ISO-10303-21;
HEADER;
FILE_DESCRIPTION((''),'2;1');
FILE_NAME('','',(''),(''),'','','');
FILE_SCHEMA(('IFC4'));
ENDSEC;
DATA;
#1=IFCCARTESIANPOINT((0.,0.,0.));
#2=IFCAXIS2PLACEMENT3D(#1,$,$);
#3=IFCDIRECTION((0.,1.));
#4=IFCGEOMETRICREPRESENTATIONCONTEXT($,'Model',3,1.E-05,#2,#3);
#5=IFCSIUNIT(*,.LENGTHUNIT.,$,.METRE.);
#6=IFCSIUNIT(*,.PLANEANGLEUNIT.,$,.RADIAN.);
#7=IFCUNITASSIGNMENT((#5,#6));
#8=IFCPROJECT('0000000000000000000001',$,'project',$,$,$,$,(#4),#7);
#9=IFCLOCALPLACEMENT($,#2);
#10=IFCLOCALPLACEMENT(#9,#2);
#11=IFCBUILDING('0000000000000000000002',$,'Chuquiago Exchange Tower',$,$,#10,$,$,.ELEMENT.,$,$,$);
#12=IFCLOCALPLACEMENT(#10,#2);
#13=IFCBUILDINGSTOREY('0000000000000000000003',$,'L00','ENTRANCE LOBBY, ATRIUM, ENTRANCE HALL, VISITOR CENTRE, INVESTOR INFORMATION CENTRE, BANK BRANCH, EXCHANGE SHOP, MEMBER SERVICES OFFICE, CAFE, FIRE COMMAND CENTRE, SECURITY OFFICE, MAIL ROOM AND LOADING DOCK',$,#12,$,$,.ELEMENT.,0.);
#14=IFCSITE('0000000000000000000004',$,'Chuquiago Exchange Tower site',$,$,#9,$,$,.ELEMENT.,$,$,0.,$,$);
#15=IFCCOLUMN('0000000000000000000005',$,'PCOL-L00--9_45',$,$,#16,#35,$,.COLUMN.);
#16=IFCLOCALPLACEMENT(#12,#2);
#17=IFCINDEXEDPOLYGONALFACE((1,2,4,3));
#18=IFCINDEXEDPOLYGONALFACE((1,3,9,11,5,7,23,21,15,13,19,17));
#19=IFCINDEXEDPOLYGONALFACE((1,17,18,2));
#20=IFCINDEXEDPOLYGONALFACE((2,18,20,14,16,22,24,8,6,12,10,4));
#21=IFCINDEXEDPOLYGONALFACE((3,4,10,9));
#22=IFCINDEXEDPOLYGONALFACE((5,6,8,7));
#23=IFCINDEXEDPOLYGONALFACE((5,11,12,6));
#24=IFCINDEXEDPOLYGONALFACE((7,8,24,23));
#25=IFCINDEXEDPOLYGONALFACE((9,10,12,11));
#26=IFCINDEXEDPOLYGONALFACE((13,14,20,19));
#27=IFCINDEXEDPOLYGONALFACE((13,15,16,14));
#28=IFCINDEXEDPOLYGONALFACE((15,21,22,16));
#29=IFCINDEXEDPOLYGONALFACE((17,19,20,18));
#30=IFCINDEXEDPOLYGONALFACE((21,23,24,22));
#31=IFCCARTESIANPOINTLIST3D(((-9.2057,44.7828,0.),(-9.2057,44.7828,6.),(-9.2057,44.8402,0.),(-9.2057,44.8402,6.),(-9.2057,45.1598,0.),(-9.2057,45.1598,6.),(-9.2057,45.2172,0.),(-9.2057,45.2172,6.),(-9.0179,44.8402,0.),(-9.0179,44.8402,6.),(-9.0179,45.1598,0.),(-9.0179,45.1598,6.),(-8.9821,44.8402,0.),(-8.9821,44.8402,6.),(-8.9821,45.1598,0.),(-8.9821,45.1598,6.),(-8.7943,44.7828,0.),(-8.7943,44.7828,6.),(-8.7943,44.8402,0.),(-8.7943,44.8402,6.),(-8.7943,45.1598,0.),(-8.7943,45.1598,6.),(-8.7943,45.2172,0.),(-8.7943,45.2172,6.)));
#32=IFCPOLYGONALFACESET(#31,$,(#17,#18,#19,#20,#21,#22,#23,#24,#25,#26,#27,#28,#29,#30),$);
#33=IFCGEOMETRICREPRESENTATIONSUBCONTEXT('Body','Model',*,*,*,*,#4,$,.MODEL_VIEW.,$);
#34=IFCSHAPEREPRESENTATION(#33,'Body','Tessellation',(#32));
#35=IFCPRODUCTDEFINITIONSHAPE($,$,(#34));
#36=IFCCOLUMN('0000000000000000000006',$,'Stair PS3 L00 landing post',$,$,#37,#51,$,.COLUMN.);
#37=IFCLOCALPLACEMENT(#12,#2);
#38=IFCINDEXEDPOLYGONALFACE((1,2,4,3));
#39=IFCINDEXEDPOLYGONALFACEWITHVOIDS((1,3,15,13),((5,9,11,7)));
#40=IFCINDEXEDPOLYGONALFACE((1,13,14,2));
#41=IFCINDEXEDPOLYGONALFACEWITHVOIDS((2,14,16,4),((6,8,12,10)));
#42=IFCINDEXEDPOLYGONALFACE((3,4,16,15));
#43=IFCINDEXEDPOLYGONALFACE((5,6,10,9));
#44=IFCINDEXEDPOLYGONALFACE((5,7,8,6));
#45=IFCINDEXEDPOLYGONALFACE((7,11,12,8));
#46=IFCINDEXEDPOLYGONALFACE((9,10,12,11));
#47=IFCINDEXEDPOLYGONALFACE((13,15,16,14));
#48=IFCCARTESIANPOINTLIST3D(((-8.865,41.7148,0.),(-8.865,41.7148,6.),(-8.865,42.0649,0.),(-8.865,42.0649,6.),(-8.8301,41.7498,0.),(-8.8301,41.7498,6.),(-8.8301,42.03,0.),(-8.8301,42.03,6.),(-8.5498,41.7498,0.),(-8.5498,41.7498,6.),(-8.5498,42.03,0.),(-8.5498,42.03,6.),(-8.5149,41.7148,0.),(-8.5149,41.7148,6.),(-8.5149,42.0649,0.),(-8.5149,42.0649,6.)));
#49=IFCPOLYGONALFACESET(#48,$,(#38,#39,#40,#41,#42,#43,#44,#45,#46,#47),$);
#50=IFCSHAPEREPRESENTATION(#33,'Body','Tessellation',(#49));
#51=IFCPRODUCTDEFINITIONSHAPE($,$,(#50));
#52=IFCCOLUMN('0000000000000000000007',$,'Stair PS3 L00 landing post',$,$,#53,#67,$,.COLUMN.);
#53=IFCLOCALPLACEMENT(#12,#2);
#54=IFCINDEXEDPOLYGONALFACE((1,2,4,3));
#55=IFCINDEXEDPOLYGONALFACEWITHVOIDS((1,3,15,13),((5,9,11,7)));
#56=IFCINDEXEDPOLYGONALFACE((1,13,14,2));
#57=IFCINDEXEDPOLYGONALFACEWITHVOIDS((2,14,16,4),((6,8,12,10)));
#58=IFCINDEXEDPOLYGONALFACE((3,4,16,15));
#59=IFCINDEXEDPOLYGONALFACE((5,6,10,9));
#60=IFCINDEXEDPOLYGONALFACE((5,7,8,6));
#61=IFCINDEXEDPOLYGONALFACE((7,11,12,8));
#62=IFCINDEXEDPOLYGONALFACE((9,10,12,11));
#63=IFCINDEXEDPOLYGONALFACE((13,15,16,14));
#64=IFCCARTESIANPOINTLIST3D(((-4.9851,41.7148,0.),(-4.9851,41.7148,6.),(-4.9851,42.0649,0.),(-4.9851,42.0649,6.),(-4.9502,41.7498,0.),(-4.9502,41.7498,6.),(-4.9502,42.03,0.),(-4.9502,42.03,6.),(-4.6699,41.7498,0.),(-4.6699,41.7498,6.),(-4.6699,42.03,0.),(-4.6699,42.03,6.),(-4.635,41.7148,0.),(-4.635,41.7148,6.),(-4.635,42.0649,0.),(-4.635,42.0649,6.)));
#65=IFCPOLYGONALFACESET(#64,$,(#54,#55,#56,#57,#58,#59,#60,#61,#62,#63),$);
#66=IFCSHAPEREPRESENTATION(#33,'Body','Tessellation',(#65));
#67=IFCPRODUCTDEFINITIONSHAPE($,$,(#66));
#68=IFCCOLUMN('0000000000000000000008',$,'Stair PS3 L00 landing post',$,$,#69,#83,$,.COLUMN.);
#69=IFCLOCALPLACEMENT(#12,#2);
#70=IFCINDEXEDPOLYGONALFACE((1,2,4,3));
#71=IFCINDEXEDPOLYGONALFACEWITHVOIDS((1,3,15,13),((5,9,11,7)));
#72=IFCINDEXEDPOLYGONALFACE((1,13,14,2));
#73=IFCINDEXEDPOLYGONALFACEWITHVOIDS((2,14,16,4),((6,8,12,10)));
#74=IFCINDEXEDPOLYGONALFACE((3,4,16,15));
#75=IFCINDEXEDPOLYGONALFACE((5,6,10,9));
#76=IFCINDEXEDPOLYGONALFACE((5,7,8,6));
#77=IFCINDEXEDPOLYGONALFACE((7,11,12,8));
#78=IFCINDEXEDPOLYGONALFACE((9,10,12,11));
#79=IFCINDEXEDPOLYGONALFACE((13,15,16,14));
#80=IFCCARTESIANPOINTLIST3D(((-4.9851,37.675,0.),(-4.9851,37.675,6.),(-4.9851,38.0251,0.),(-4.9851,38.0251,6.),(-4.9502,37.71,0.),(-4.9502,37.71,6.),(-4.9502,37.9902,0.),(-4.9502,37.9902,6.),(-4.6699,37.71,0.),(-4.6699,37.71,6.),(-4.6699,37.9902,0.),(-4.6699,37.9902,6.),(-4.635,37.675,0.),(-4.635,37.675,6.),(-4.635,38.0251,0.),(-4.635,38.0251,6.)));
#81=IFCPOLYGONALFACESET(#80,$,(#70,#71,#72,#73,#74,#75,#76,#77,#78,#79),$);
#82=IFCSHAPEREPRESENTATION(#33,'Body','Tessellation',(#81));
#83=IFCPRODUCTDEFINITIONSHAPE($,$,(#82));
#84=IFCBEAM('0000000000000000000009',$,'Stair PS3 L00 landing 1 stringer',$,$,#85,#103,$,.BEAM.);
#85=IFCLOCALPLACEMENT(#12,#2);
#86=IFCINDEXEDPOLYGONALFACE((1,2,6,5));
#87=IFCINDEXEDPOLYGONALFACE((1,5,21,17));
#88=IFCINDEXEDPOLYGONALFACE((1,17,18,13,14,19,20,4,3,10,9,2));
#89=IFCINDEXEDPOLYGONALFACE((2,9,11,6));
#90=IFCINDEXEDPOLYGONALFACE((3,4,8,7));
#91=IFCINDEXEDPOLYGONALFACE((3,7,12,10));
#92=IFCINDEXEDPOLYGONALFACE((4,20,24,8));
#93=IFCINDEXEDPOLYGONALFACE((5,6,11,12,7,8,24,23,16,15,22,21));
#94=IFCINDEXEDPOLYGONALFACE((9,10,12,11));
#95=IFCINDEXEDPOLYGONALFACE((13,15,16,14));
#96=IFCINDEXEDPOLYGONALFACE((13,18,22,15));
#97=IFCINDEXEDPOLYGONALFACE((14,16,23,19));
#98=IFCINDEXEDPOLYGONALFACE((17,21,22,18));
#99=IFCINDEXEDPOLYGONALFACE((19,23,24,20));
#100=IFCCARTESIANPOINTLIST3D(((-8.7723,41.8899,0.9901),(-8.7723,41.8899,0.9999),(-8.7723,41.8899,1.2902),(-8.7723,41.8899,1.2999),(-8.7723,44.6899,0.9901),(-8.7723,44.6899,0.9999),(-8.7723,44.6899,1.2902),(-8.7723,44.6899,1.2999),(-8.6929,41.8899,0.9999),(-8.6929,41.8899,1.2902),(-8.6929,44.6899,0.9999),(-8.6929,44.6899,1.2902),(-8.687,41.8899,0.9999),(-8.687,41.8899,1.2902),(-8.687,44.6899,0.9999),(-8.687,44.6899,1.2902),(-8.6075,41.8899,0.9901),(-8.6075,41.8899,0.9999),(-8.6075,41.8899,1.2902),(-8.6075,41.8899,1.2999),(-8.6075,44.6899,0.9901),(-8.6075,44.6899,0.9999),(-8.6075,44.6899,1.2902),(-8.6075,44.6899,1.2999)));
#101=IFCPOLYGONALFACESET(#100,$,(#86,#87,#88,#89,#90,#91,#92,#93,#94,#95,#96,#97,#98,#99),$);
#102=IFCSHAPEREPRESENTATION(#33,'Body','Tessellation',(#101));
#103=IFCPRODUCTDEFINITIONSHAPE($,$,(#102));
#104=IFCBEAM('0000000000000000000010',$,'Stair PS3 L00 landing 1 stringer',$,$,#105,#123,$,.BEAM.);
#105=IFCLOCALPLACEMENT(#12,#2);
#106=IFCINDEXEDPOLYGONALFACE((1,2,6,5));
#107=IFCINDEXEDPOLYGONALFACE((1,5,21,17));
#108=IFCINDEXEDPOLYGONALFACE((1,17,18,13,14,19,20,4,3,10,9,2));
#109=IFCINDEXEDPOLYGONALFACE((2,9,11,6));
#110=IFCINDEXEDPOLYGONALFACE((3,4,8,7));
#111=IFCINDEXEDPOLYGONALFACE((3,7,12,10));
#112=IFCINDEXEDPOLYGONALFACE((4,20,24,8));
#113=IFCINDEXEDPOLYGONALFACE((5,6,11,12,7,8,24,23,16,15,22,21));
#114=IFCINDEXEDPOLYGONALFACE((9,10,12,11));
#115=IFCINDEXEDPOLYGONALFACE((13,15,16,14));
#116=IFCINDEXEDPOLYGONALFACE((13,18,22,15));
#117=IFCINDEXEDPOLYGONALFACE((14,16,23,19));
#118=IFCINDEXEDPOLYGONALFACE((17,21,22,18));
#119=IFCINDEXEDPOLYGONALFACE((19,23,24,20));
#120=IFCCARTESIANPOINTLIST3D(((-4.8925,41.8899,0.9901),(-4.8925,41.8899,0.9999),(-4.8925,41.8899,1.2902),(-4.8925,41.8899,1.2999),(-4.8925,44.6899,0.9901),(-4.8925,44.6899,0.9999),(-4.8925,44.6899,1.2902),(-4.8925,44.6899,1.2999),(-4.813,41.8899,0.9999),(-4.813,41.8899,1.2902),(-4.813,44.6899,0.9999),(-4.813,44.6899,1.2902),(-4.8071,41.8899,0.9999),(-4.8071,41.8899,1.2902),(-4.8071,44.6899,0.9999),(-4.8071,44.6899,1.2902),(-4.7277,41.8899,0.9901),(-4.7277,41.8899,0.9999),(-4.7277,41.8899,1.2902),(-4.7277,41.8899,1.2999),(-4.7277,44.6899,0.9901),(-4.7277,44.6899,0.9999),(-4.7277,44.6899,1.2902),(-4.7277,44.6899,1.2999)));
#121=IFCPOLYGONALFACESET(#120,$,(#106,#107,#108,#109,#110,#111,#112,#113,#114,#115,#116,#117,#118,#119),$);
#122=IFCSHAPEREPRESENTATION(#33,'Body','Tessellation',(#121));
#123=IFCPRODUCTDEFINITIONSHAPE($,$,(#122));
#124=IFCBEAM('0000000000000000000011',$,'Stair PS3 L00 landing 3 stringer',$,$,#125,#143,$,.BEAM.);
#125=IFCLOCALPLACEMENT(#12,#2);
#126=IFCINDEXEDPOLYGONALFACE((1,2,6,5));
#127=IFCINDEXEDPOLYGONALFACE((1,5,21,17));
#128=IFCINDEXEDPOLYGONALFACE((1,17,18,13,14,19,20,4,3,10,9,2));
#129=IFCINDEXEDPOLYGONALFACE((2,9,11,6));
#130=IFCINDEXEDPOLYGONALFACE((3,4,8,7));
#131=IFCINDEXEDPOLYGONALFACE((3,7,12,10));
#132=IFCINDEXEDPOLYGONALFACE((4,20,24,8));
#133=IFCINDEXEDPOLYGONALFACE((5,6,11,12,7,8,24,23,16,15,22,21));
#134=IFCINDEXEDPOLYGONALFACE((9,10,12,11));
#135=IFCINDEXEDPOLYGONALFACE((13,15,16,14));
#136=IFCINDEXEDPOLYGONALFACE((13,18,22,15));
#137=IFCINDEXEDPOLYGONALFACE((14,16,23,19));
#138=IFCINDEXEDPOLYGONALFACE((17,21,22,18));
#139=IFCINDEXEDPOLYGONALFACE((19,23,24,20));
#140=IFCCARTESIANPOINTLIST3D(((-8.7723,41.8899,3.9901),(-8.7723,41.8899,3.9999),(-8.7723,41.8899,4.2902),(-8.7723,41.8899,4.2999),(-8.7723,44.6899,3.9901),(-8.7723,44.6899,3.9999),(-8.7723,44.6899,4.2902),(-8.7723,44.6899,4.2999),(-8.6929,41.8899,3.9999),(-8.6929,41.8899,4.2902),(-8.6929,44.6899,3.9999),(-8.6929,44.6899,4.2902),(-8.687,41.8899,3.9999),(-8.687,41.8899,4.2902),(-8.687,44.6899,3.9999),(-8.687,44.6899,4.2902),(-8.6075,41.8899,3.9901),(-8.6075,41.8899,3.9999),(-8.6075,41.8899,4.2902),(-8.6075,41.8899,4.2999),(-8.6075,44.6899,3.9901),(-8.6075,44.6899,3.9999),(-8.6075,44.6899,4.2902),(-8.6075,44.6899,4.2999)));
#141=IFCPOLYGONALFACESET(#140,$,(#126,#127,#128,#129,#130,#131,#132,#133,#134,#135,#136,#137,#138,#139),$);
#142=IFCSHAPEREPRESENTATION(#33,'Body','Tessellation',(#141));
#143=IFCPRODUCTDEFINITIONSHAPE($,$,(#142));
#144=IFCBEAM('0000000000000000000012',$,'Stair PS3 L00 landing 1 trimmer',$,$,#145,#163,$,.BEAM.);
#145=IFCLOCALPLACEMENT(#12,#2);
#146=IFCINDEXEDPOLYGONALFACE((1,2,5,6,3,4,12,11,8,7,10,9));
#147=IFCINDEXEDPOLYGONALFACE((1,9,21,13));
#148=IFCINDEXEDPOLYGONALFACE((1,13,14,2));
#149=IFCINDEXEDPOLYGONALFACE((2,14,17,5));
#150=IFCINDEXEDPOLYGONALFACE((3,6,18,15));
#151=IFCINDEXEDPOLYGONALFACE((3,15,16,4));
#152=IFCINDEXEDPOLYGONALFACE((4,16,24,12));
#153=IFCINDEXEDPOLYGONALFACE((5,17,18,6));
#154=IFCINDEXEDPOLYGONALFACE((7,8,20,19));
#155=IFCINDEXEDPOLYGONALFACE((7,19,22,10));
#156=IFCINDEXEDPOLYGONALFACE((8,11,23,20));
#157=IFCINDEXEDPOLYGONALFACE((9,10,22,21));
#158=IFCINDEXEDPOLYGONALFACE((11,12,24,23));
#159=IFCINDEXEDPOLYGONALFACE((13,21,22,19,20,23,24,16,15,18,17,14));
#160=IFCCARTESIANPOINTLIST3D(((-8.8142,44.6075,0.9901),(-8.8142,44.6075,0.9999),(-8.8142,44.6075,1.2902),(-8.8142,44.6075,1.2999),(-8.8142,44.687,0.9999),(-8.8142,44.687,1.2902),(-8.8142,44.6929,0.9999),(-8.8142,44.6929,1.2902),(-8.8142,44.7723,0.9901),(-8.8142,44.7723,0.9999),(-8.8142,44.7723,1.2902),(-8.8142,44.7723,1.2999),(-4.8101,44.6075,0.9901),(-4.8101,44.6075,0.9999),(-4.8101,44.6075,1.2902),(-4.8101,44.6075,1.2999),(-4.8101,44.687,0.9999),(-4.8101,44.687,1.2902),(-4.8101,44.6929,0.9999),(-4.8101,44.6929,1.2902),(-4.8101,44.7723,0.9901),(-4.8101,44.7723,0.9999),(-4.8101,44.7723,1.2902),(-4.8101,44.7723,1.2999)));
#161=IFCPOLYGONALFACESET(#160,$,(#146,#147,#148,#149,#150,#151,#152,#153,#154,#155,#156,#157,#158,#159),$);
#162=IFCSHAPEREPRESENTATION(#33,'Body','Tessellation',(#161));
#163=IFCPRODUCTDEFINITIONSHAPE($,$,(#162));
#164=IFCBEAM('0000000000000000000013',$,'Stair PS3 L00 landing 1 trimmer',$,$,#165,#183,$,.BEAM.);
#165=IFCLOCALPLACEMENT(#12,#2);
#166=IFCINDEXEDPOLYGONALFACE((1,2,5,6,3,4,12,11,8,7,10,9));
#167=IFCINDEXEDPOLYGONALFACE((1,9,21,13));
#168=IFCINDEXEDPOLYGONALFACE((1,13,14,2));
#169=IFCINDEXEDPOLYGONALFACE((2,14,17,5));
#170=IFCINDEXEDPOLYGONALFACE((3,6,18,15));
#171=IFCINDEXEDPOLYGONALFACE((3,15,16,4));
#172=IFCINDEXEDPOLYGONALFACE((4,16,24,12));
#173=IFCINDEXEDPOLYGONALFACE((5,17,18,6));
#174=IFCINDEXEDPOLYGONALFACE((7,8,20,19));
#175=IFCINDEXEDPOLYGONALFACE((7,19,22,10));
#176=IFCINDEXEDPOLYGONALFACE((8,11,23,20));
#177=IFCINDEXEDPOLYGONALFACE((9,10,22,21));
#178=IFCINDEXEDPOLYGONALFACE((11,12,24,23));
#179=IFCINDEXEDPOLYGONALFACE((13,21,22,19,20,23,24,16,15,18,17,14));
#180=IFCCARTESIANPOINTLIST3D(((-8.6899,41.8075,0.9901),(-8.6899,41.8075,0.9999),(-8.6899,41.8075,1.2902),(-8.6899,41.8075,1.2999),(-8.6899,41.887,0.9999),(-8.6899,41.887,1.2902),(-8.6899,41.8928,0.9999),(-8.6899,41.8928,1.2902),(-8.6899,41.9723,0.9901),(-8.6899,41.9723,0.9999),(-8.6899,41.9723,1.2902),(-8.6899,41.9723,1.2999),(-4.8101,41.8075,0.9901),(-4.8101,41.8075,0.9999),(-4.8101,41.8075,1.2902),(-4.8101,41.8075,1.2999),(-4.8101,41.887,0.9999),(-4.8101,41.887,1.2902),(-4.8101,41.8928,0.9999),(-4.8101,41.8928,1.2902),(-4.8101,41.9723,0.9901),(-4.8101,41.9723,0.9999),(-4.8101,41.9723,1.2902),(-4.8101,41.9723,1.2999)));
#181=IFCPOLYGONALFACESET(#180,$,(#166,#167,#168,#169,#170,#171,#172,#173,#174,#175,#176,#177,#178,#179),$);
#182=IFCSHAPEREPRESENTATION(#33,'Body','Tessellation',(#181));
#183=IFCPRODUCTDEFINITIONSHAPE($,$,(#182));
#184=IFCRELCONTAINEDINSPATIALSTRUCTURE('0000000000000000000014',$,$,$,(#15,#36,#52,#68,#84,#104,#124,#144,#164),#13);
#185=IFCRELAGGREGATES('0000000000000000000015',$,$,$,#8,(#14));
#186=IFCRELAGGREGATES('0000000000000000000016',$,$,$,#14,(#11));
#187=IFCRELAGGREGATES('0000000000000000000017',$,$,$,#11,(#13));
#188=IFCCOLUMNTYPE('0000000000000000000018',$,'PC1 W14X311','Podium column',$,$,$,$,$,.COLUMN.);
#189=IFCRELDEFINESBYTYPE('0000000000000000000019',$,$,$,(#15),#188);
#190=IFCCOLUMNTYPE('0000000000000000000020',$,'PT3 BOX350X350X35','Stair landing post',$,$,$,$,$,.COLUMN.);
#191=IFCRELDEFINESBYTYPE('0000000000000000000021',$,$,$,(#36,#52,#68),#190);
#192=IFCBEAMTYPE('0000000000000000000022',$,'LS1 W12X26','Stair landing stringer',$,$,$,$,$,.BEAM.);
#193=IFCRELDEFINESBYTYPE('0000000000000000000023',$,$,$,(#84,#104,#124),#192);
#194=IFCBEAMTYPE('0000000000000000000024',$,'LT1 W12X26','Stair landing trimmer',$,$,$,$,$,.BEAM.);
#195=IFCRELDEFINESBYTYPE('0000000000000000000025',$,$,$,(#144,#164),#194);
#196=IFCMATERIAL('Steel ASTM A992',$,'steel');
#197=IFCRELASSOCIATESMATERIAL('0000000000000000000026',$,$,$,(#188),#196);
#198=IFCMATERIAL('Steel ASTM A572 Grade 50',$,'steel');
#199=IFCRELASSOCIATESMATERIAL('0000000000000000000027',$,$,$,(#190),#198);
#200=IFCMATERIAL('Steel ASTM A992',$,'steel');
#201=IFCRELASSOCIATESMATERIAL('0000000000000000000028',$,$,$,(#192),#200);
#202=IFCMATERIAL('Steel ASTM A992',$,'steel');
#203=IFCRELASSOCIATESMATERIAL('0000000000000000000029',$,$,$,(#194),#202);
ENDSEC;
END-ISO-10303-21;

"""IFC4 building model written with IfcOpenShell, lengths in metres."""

from ifc_helpers import new_model, si_unit, direction, frame, origin, origin_2d, place, context, subcontext, project, spatial, hollow_rectangle, i_section, extrude, material, material_profile, profile_set, type_object, element, save


model = new_model("IFC4")

# Units and contexts
model_context = context("Model", 3, precision=1e-05, world=origin(), true_north=direction((0.0, 1.0)))
body_context = subcontext(model_context, "Body", "Model", "MODEL_VIEW")
ifc_project = project(units=[si_unit("LENGTHUNIT", "METRE"), si_unit("PLANEANGLEUNIT", "RADIAN")], contexts=[model_context])

# Site, building, storey
site_placement = place(None, origin())
site = spatial("IfcSite", under=ifc_project, at=site_placement, Name="Chuquiago Exchange Tower site", CompositionType="ELEMENT", RefElevation=0.0)
building_placement = place(site_placement, origin())
building = spatial("IfcBuilding", under=site, at=building_placement, Name="Chuquiago Exchange Tower", CompositionType="ELEMENT")
storey_placement = place(building_placement, origin())
storey = spatial("IfcBuildingStorey", under=building, at=storey_placement, Name="L00", Description="ENTRANCE LOBBY, ATRIUM, ENTRANCE HALL, VISITOR CENTRE, INVESTOR INFORMATION CENTRE, BANK BRANCH, EXCHANGE SHOP, MEMBER SERVICES OFFICE, CAFE, FIRE COMMAND CENTRE, SECURITY OFFICE, MAIL ROOM AND LOADING DOCK", CompositionType="ELEMENT", Elevation=0.0)

# Columns
ifc_material_1 = material(Name="Steel ASTM A992", Category="steel")
ifc_material_profile_1 = material_profile(ifc_material_1, i_section(OverallWidth=0.4114, OverallDepth=0.4343, WebThickness=0.0359, FlangeThickness=0.0574, at=origin_2d()), Name="W14X311")
ifc_profile_set_1 = profile_set([ifc_material_profile_1], Name="Steel ASTM A992")
column_type_1 = type_object("IfcColumnType", Name="PC1 W14X311", Description="Podium column", PredefinedType="COLUMN", material=ifc_profile_set_1)
column_placement = place(storey_placement, frame((-9.0, 45.0, 0.0), z_axis=(0.0, 0.0, 1.0), x_axis=(1.0, 0.0, 0.0)))
element("IfcColumn", 1, at=column_placement, inside=storey, type_object=column_type_1, Name="PCOL-L00--9_45", PredefinedType="COLUMN", context=body_context, shape_type="SweptSolid", body=[
    extrude(i_section(OverallWidth=0.4114, OverallDepth=0.4343, WebThickness=0.0359, FlangeThickness=0.0574, at=origin_2d()), origin(), (0.0, 0.0, 1.0), 6.0),
])
ifc_material_2 = material(Name="Steel ASTM A572 Grade 50", Category="steel")
ifc_material_profile_2 = material_profile(ifc_material_2, hollow_rectangle(XDim=0.3501, YDim=0.3501, WallThickness=0.0349, at=origin_2d()), Name="BOX350X350X35")
ifc_profile_set_2 = profile_set([ifc_material_profile_2], Name="Steel ASTM A572 Grade 50")
column_type_2 = type_object("IfcColumnType", Name="PT3 BOX350X350X35", Description="Stair landing post", PredefinedType="COLUMN", material=ifc_profile_set_2)
for number, where, z_axis, x_axis, name in (
    (2, (-8.6899, 41.8899, 0.0), (0.0, 0.0, 1.0), (1.0, 0.0, 0.0), "Stair PS3 L00 landing post"),
    (3, (-4.8101, 41.8899, 0.0), (0.0, 0.0, 1.0), (1.0, 0.0, 0.0), "Stair PS3 L00 landing post"),
    (4, (-4.8101, 37.8501, 0.0), (0.0, 0.0, 1.0), (1.0, 0.0, 0.0), "Stair PS3 L00 landing post"),
):
    element("IfcColumn", number, at=place(storey_placement, frame(where, z_axis=z_axis, x_axis=x_axis)), inside=storey, type_object=column_type_2, Name=name, PredefinedType="COLUMN", context=body_context, shape_type="SweptSolid", body=[
        extrude(hollow_rectangle(XDim=0.3501, YDim=0.3501, WallThickness=0.0349, at=origin_2d()), origin(), (0.0, 0.0, 1.0), 6.0),
    ])

# Beams
ifc_material_3 = material(Name="Steel ASTM A992", Category="steel")
ifc_material_profile_3 = material_profile(ifc_material_3, i_section(OverallWidth=0.1648, OverallDepth=0.3098, WebThickness=0.0059, FlangeThickness=0.0098, at=origin_2d()), Name="W12X26")
ifc_profile_set_3 = profile_set([ifc_material_profile_3], Name="Steel ASTM A992")
beam_type_1 = type_object("IfcBeamType", Name="LS1 W12X26", Description="Stair landing stringer", PredefinedType="BEAM", material=ifc_profile_set_3)
for number, where, z_axis, x_axis, name in (
    (5, (-8.6899, 41.8899, 1.145), (0.0, 1.0, 0.0), (-1.0, 0.0, 0.0), "Stair PS3 L00 landing 1 stringer"),
    (6, (-4.8101, 41.8899, 1.145), (0.0, 1.0, 0.0), (-1.0, 0.0, 0.0), "Stair PS3 L00 landing 1 stringer"),
    (7, (-8.6899, 41.8899, 4.145), (0.0, 1.0, 0.0), (-1.0, 0.0, 0.0), "Stair PS3 L00 landing 3 stringer"),
):
    element("IfcBeam", number, at=place(storey_placement, frame(where, z_axis=z_axis, x_axis=x_axis)), inside=storey, type_object=beam_type_1, Name=name, PredefinedType="BEAM", context=body_context, shape_type="SweptSolid", body=[
        extrude(i_section(OverallWidth=0.1648, OverallDepth=0.3098, WebThickness=0.0059, FlangeThickness=0.0098, at=origin_2d()), origin(), (0.0, 0.0, 1.0), 2.8),
    ])
ifc_material_4 = material(Name="Steel ASTM A992", Category="steel")
ifc_material_profile_4 = material_profile(ifc_material_4, i_section(OverallWidth=0.1648, OverallDepth=0.3098, WebThickness=0.0059, FlangeThickness=0.0098, at=origin_2d()), Name="W12X26")
ifc_profile_set_4 = profile_set([ifc_material_profile_4], Name="Steel ASTM A992")
beam_type_2 = type_object("IfcBeamType", Name="LT1 W12X26", Description="Stair landing trimmer", PredefinedType="BEAM", material=ifc_profile_set_4)
beam_1_placement = place(storey_placement, frame((-8.8142, 44.6899, 1.145), z_axis=(1.0, 0.0, 0.0), x_axis=(0.0, 1.0, 0.0)))
element("IfcBeam", 8, at=beam_1_placement, inside=storey, type_object=beam_type_2, Name="Stair PS3 L00 landing 1 trimmer", PredefinedType="BEAM", context=body_context, shape_type="SweptSolid", body=[
    extrude(i_section(OverallWidth=0.1648, OverallDepth=0.3098, WebThickness=0.0059, FlangeThickness=0.0098, at=origin_2d()), origin(), (0.0, 0.0, 1.0), 4.0042),
])
for number, where, z_axis, x_axis, name in (
    (9, (-8.6899, 41.8899, 1.145), (1.0, 0.0, 0.0), (0.0, 1.0, 0.0), "Stair PS3 L00 landing 1 trimmer"),
):
    element("IfcBeam", number, at=place(storey_placement, frame(where, z_axis=z_axis, x_axis=x_axis)), inside=storey, type_object=beam_type_2, Name=name, PredefinedType="BEAM", context=body_context, shape_type="SweptSolid", body=[
        extrude(i_section(OverallWidth=0.1648, OverallDepth=0.3098, WebThickness=0.0059, FlangeThickness=0.0098, at=origin_2d()), origin(), (0.0, 0.0, 1.0), 3.8799),
    ])

save(model, "model.ifc")
